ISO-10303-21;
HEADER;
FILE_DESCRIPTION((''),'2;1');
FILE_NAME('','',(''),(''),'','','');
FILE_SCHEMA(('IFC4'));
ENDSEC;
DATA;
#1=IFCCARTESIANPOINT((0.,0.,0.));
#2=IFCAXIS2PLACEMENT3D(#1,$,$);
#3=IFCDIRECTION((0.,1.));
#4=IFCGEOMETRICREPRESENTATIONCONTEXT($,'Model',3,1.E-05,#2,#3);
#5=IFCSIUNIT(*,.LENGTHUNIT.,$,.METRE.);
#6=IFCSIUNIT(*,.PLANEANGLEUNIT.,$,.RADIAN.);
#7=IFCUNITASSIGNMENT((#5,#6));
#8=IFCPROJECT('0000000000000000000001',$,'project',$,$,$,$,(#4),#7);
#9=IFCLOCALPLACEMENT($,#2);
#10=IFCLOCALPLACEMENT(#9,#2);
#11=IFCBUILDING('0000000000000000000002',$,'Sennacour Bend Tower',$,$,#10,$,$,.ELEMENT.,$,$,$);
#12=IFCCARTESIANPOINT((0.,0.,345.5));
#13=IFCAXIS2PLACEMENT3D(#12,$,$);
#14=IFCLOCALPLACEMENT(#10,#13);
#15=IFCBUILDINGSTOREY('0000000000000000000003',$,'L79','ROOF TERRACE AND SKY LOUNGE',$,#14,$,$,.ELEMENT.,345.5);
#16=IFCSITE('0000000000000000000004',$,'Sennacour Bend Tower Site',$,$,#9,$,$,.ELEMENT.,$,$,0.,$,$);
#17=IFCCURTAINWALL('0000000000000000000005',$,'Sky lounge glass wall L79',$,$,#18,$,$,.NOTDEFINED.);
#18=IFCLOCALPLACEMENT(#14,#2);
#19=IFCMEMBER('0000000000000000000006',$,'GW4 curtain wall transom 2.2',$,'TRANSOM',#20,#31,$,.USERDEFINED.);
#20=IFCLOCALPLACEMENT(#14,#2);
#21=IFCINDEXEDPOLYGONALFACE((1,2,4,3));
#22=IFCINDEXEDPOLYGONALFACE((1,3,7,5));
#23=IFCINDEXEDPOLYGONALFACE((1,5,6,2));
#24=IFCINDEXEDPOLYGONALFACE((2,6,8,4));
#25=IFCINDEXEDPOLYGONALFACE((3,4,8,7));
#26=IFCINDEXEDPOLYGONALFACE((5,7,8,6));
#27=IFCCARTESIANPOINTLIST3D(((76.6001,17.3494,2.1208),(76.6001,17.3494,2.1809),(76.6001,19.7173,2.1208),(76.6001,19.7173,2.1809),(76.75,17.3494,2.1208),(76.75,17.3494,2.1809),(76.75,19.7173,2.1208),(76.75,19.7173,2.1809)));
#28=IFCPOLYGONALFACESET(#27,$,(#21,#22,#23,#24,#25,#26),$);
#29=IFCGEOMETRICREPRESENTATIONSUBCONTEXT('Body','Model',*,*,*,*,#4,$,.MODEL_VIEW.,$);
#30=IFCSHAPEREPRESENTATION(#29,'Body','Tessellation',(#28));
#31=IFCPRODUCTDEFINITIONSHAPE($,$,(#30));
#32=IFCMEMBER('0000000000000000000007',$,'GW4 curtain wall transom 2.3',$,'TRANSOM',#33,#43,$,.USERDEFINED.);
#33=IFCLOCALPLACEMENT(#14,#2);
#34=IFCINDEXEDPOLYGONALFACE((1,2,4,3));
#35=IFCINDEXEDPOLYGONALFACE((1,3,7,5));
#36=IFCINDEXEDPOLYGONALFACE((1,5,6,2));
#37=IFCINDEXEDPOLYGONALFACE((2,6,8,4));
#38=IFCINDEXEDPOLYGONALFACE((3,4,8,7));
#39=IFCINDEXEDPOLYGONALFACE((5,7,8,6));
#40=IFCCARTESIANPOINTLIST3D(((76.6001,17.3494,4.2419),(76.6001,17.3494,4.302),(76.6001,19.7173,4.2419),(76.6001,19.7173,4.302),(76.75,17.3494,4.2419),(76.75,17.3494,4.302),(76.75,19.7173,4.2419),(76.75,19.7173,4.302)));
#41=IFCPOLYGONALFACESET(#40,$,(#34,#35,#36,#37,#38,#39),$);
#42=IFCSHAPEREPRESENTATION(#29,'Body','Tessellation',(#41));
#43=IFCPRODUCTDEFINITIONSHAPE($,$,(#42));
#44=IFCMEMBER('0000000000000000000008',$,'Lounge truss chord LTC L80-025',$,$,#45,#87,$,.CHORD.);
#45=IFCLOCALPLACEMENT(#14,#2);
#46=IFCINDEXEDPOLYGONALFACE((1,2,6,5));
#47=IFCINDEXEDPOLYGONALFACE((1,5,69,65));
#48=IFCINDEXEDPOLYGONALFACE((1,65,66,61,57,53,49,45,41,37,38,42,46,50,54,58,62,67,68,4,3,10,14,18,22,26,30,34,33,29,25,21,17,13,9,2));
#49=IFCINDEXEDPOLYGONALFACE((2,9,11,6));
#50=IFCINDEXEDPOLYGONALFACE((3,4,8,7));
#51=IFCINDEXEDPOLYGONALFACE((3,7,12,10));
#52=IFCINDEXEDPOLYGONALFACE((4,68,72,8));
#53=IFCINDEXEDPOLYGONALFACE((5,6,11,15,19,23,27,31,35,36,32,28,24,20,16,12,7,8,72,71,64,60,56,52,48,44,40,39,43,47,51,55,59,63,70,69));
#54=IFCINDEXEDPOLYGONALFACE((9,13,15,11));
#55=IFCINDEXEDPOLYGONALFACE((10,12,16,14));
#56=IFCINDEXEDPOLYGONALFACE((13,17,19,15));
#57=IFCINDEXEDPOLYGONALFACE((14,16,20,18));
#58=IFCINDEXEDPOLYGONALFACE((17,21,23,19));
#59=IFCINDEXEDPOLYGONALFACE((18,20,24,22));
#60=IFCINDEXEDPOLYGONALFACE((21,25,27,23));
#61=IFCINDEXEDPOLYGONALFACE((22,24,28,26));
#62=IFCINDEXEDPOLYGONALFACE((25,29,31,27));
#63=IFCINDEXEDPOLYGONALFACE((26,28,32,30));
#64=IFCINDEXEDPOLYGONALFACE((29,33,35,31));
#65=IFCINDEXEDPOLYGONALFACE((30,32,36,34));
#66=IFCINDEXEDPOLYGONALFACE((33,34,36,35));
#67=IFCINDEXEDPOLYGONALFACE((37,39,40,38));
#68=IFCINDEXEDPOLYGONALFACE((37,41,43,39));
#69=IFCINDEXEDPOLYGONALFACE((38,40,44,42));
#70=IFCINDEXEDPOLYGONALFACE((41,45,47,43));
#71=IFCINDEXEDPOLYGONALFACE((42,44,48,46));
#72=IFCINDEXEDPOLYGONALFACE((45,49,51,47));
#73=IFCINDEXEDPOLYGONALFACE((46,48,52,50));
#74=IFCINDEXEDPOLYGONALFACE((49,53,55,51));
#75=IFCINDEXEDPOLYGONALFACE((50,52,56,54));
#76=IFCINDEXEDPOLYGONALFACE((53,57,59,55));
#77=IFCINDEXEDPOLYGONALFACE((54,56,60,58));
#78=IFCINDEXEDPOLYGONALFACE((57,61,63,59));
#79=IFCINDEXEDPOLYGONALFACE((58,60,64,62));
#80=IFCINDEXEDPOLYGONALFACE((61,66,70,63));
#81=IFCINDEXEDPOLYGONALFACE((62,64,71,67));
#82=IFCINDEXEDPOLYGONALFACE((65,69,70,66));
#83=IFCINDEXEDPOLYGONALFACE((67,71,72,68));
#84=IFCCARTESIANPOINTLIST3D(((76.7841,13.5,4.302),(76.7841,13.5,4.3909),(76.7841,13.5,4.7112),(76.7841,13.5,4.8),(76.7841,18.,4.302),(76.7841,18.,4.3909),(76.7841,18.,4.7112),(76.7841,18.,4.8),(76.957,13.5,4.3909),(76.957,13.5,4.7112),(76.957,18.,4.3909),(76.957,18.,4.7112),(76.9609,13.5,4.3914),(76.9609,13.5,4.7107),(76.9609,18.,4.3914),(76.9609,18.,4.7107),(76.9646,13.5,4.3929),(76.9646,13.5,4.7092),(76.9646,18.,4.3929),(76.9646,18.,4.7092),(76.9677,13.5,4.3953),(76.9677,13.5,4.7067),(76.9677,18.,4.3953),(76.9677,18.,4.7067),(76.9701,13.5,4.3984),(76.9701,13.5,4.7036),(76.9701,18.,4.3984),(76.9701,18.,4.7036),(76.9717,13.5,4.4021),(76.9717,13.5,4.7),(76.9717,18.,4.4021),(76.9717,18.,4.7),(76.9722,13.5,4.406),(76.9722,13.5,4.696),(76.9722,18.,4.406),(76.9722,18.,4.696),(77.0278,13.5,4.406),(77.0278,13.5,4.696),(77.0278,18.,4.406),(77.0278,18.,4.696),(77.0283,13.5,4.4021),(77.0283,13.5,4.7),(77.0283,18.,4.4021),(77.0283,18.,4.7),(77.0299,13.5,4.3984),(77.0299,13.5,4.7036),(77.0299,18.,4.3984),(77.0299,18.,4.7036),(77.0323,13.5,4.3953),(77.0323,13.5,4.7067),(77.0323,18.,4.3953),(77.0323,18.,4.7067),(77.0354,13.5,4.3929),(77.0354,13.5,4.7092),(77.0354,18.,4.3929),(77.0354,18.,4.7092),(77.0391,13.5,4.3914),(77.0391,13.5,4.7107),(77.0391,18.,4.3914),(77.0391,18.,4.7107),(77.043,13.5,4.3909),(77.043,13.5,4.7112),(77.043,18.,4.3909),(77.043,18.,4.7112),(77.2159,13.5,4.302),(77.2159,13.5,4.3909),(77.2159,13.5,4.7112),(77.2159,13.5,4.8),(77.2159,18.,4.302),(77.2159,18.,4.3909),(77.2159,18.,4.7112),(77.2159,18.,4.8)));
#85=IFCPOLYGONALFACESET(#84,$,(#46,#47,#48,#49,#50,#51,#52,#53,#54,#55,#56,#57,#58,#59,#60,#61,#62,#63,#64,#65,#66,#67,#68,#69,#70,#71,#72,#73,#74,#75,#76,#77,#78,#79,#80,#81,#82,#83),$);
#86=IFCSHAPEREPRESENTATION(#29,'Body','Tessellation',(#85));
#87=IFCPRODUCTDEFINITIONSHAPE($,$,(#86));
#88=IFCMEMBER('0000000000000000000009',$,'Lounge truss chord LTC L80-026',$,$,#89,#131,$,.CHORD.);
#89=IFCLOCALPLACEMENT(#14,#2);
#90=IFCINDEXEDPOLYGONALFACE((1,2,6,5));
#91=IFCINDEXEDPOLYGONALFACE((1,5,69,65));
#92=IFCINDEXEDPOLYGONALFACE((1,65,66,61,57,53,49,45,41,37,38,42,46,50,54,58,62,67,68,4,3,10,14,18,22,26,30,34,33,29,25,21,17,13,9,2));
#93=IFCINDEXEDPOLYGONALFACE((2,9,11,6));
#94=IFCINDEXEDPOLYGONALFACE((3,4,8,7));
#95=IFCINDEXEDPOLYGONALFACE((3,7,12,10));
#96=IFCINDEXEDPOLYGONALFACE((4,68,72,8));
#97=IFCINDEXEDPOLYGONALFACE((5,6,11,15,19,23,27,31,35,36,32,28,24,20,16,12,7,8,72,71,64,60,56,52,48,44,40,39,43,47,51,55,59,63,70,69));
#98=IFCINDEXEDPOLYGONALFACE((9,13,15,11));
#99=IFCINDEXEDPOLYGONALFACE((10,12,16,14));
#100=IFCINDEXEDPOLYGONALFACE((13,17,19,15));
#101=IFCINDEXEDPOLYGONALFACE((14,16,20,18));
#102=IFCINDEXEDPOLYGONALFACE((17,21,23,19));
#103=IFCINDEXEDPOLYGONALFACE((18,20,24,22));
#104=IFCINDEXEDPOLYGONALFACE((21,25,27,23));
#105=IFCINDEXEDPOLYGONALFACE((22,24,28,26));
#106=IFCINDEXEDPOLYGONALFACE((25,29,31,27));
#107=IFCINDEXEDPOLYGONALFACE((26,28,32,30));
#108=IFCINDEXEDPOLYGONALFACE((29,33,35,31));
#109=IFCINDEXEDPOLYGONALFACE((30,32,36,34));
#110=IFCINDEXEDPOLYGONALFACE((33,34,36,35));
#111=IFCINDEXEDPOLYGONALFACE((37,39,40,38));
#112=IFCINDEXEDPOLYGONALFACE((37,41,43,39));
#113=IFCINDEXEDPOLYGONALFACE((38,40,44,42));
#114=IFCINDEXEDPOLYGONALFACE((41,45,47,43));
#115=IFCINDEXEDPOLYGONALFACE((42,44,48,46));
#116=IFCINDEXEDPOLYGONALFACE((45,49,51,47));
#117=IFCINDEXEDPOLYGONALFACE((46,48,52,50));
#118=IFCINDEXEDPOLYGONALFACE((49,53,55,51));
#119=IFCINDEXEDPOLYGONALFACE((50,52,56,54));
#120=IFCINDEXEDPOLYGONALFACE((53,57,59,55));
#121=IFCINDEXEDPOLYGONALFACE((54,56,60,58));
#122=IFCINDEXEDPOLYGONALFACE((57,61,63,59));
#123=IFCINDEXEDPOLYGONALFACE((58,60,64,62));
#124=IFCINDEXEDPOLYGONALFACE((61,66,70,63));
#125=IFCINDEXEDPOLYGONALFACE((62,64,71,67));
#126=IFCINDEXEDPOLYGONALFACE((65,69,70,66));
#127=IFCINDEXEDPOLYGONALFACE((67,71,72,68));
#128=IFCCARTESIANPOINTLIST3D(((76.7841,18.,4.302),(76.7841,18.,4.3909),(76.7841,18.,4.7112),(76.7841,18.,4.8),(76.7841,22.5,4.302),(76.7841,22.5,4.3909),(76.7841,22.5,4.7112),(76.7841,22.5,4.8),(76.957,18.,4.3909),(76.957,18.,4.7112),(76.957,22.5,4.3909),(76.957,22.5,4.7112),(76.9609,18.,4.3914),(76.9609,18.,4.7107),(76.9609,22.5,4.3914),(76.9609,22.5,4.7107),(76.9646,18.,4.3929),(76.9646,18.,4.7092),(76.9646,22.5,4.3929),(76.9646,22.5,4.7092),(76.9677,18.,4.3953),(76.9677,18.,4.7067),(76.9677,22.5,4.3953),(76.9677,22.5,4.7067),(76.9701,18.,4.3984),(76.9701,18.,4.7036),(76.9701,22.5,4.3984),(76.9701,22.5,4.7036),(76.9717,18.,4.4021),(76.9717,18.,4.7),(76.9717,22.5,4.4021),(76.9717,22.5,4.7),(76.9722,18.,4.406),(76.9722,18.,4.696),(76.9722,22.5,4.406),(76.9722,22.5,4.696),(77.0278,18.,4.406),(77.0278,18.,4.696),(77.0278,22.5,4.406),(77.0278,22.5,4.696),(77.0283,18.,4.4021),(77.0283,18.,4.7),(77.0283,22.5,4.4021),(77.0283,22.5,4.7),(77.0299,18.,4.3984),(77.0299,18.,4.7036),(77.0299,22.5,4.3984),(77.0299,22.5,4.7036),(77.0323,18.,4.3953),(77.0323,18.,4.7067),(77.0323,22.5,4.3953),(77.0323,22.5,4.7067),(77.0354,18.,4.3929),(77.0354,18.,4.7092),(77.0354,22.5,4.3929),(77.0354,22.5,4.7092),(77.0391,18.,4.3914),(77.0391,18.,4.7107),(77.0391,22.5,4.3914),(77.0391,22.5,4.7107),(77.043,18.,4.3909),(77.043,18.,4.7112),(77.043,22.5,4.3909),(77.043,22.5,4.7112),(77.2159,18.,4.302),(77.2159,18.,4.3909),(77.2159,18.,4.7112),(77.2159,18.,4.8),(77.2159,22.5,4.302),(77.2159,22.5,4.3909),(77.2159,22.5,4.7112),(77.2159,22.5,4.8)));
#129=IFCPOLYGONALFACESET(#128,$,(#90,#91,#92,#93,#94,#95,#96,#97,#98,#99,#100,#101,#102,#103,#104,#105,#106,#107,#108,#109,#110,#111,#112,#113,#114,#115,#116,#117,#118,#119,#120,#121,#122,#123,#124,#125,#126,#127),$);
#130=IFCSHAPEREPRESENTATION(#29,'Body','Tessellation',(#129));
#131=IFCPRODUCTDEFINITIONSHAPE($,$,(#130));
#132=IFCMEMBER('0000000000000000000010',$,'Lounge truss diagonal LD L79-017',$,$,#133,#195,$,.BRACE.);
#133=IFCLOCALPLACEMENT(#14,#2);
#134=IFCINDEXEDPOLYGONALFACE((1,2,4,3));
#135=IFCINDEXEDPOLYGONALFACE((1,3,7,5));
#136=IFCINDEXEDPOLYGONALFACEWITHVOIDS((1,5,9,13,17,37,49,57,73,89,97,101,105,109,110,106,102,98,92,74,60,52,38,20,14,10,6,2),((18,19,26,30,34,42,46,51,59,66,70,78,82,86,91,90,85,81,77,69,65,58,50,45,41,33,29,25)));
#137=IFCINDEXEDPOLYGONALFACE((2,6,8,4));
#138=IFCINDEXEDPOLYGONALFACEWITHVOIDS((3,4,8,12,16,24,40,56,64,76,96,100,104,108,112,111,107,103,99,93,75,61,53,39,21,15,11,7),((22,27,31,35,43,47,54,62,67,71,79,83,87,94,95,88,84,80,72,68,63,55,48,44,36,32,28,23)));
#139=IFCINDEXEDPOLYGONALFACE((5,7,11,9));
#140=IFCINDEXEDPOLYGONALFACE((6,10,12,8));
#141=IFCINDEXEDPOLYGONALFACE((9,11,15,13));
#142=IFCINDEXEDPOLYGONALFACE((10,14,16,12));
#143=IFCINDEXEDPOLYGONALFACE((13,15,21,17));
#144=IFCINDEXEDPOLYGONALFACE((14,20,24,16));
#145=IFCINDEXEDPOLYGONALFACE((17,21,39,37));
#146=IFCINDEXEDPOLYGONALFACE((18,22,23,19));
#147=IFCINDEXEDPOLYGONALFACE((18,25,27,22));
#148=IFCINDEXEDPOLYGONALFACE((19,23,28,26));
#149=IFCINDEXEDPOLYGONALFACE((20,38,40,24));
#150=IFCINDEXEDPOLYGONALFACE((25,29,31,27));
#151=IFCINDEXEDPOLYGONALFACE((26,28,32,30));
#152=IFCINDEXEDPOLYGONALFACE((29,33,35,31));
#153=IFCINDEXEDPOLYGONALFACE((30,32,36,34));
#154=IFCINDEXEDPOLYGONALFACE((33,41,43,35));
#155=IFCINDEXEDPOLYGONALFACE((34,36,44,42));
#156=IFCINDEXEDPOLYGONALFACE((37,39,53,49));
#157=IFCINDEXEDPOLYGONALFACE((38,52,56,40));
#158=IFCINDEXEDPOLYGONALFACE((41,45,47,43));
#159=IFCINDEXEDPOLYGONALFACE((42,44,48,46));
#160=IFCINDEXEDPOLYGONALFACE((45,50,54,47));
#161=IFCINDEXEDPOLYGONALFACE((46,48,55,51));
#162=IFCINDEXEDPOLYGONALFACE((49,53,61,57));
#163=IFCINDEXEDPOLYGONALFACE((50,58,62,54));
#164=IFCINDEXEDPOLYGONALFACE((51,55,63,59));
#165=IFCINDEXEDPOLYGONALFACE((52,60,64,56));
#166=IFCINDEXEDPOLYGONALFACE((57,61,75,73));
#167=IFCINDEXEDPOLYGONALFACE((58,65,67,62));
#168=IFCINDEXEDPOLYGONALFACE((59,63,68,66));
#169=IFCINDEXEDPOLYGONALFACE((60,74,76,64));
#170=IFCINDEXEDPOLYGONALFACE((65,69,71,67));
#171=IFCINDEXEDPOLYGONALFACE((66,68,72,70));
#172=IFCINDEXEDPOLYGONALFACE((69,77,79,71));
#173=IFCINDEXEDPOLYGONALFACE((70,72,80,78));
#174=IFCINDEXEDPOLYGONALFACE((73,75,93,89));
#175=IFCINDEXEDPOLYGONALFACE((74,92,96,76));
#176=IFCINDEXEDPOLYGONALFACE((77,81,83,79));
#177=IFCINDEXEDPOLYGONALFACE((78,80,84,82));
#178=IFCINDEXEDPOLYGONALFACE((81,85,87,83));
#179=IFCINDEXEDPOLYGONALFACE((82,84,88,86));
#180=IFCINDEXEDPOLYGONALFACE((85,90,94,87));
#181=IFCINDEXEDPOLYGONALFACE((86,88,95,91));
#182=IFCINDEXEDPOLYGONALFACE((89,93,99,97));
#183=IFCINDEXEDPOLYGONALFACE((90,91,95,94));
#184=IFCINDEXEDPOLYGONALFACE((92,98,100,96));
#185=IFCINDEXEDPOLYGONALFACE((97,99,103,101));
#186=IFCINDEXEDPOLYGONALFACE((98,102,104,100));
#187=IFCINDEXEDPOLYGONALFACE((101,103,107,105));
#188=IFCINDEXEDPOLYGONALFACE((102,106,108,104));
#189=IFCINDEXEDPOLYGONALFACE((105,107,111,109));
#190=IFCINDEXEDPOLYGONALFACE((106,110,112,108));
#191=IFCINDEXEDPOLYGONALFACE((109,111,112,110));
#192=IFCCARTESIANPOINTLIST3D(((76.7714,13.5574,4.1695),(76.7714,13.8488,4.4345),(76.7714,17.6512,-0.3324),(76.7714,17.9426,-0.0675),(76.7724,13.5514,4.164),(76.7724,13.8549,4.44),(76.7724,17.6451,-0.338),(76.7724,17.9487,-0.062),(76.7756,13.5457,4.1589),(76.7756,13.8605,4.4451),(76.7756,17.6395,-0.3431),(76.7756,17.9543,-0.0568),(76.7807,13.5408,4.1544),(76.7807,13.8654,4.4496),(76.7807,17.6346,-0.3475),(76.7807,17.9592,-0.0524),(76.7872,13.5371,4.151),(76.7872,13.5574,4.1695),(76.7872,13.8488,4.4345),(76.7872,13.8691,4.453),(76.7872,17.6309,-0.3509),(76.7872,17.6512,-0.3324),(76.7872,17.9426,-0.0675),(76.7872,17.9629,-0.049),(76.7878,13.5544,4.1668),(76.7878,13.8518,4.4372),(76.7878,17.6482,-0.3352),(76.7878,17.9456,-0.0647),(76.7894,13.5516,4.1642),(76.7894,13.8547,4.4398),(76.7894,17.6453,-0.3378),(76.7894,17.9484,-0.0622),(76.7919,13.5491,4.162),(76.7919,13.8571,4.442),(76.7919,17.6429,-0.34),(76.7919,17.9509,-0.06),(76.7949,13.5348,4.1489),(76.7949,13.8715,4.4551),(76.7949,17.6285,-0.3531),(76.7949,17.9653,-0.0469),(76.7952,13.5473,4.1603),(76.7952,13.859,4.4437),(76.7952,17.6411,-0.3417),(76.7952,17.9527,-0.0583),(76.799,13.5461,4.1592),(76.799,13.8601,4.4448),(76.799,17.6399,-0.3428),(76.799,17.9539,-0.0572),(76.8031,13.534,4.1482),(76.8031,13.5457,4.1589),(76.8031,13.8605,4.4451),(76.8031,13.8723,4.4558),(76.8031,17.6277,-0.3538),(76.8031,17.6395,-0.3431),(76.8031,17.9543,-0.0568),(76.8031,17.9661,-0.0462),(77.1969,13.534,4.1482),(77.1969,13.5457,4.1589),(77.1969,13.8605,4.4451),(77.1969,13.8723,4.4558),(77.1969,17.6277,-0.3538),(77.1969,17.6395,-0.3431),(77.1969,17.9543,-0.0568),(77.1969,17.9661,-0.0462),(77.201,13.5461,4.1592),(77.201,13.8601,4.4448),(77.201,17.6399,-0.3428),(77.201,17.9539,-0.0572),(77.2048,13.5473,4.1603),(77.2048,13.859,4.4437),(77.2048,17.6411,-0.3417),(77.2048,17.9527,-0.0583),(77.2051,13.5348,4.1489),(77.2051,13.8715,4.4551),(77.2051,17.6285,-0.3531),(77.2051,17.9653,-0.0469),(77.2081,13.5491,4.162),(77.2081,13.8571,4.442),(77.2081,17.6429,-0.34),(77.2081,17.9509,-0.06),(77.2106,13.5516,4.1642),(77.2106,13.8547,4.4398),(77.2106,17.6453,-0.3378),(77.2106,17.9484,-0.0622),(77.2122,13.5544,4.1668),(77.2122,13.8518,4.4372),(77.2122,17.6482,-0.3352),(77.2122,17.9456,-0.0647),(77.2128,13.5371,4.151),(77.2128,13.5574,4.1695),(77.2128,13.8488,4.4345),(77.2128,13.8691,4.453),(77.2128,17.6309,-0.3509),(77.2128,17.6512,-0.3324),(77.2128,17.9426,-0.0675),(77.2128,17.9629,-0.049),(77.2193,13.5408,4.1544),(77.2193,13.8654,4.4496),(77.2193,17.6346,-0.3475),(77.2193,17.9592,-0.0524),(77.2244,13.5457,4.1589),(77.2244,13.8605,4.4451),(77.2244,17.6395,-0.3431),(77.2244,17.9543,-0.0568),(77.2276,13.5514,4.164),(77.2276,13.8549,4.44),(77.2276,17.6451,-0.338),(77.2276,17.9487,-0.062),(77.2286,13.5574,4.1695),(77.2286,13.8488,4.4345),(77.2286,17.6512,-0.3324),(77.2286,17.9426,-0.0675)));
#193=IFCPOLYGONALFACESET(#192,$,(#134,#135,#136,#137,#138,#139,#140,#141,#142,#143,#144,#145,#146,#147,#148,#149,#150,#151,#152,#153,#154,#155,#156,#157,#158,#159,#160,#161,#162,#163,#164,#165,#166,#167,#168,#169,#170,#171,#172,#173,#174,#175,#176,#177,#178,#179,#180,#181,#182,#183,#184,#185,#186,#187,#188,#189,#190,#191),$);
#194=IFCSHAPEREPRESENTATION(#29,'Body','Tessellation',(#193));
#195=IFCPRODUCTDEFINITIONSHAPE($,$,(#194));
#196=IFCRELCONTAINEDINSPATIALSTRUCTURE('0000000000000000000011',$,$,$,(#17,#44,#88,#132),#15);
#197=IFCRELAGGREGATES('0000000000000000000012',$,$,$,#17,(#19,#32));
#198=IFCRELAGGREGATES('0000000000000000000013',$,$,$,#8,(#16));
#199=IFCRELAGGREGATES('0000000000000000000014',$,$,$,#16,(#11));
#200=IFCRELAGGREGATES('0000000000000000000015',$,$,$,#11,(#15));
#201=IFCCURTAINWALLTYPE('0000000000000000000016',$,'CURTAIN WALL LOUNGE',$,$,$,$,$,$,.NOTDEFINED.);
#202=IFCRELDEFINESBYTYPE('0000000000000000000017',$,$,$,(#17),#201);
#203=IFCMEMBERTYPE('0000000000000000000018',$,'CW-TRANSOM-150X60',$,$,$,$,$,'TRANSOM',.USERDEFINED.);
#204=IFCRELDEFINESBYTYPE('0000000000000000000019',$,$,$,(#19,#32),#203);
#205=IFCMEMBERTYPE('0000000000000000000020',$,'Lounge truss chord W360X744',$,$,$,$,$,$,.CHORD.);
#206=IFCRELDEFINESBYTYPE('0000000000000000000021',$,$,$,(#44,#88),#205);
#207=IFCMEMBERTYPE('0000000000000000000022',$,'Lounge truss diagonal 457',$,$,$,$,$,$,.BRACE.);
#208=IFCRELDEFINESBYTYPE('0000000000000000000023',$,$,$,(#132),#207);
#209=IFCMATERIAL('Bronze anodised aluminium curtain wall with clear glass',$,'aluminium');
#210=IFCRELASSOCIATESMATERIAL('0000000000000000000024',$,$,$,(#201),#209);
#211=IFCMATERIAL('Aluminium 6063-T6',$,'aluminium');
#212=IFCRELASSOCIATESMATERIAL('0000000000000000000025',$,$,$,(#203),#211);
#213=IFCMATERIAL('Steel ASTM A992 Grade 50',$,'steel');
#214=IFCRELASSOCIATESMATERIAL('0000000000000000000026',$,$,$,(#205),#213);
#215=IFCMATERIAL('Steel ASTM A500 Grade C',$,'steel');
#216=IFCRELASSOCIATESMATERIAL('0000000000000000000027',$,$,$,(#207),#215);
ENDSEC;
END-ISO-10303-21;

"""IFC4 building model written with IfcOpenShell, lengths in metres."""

from ifc_helpers import new_model, si_unit, direction, frame, origin, origin_2d, place, context, subcontext, project, spatial, rectangle, hollow_rectangle, i_section, extrude, material, material_profile, profile_set, type_object, element, aggregate, save


model = new_model("IFC4")

# Units and contexts
model_context = context("Model", 3, precision=1e-05, world=origin(), true_north=direction((0.0, 1.0)))
body_context = subcontext(model_context, "Body", "Model", "MODEL_VIEW")
ifc_project = project(units=[si_unit("LENGTHUNIT", "METRE"), si_unit("PLANEANGLEUNIT", "RADIAN")], contexts=[model_context])

# Site, building, storey
site_placement = place(None, origin())
site = spatial("IfcSite", under=ifc_project, at=site_placement, Name="Sennacour Bend Tower Site", CompositionType="ELEMENT", RefElevation=0.0)
building_placement = place(site_placement, origin())
building = spatial("IfcBuilding", under=site, at=building_placement, Name="Sennacour Bend Tower", CompositionType="ELEMENT")
storey_placement = place(building_placement, frame((0.0, 0.0, 345.5)))
storey = spatial("IfcBuildingStorey", under=building, at=storey_placement, Name="L79", Description="ROOF TERRACE AND SKY LOUNGE", CompositionType="ELEMENT", Elevation=345.5)

# Curtain wall
ifc_material_1 = material(Name="Bronze anodised aluminium curtain wall with clear glass", Category="aluminium")
curtain_wall_type = type_object("IfcCurtainWallType", Name="CURTAIN WALL LOUNGE", PredefinedType="NOTDEFINED", material=ifc_material_1)
ifc_material_2 = material(Name="Aluminium 6063-T6", Category="aluminium")
curtain_wall_1_placement = place(storey_placement, origin())
curtain_wall_1 = element("IfcCurtainWall", 1, at=curtain_wall_1_placement, inside=storey, type_object=curtain_wall_type, Name="Sky lounge glass wall L79", PredefinedType="NOTDEFINED")

# Members
ifc_material_profile_1 = material_profile(ifc_material_2, rectangle(XDim=0.1499, YDim=0.0601, at=origin_2d()), Name="Aluminium 6063-T6", Category="aluminium")
ifc_profile_set_1 = profile_set([ifc_material_profile_1], Name="Aluminium 6063-T6")
member_type_1 = type_object("IfcMemberType", Name="CW-TRANSOM-150X60", ElementType="TRANSOM", PredefinedType="USERDEFINED", material=ifc_profile_set_1)
member_1_placement = place(storey_placement, frame((76.675, 17.3494, 2.1509), z_axis=(0.0, 1.0, 0.0), x_axis=(-1.0, 0.0, 0.0)))
member_1 = element("IfcMember", 2, at=member_1_placement, type_object=member_type_1, Name="GW4 curtain wall transom 2.2", ObjectType="TRANSOM", PredefinedType="USERDEFINED", context=body_context, shape_type="SweptSolid", body=[
    extrude(rectangle(XDim=0.1499, YDim=0.0601, at=origin_2d()), origin(), (0.0, 0.0, 1.0), 2.3679),
])
member_2_placement = place(storey_placement, frame((76.675, 17.3494, 4.272), z_axis=(0.0, 1.0, 0.0), x_axis=(-1.0, 0.0, 0.0)))
member_2 = element("IfcMember", 3, at=member_2_placement, type_object=member_type_1, Name="GW4 curtain wall transom 2.3", ObjectType="TRANSOM", PredefinedType="USERDEFINED", context=body_context, shape_type="SweptSolid", body=[
    extrude(rectangle(XDim=0.1499, YDim=0.0601, at=origin_2d()), origin(), (0.0, 0.0, 1.0), 2.3679),
])

# Members
ifc_material_3 = material(Name="Steel ASTM A992 Grade 50", Category="steel")
ifc_material_profile_2 = material_profile(ifc_material_3, i_section(OverallWidth=0.4319, OverallDepth=0.498, WebThickness=0.0557, FlangeThickness=0.0889, FilletRadius=0.0151, at=origin_2d()), Name="Steel ASTM A992 Grade 50", Category="steel")
ifc_profile_set_2 = profile_set([ifc_material_profile_2], Name="Steel ASTM A992 Grade 50")
member_type_2 = type_object("IfcMemberType", Name="Lounge truss chord W360X744", PredefinedType="CHORD", material=ifc_profile_set_2)
for number, where, z_axis, x_axis, name in (
    (4, (77.0, 13.5, 4.551), (0.0, 1.0, 0.0), (-1.0, 0.0, 0.0), "Lounge truss chord LTC L80-025"),
    (5, (77.0, 18.0, 4.551), (0.0, 1.0, 0.0), (-1.0, 0.0, 0.0), "Lounge truss chord LTC L80-026"),
):
    element("IfcMember", number, at=place(storey_placement, frame(where, z_axis=z_axis, x_axis=x_axis)), inside=storey, type_object=member_type_2, Name=name, PredefinedType="CHORD", context=body_context, shape_type="SweptSolid", body=[
        extrude(i_section(OverallWidth=0.4319, OverallDepth=0.498, WebThickness=0.0557, FlangeThickness=0.0889, FilletRadius=0.0151, at=origin_2d()), origin(), (0.0, 0.0, 1.0), 4.5),
    ])
ifc_material_4 = material(Name="Steel ASTM A500 Grade C", Category="steel")
ifc_material_profile_3 = material_profile(ifc_material_4, hollow_rectangle(XDim=0.4573, YDim=0.4573, WallThickness=0.0159, InnerFilletRadius=0.0159, OuterFilletRadius=0.0317, at=origin_2d()), Name="Steel ASTM A500 Grade C", Category="steel")
ifc_profile_set_3 = profile_set([ifc_material_profile_3], Name="Steel ASTM A500 Grade C")
member_type_3 = type_object("IfcMemberType", Name="Lounge truss diagonal 457", PredefinedType="BRACE", material=ifc_profile_set_3)
for number, where, z_axis, x_axis, name in (
    (6, (77.0, 13.7031, 4.302), (0.0, 0.672769, -0.739853), (-1.0, 0.0, 0.0), "Lounge truss diagonal LD L79-017"),
):
    element("IfcMember", number, at=place(storey_placement, frame(where, z_axis=z_axis, x_axis=x_axis)), inside=storey, type_object=member_type_3, Name=name, PredefinedType="BRACE", context=body_context, shape_type="SweptSolid", body=[
        extrude(hollow_rectangle(XDim=0.4573, YDim=0.4573, WallThickness=0.0159, InnerFilletRadius=0.0159, OuterFilletRadius=0.0317, at=origin_2d()), origin(), (0.0, 0.0, 1.0), 6.085),
    ])

aggregate(curtain_wall_1, [member_1, member_2])

save(model, "model.ifc")
